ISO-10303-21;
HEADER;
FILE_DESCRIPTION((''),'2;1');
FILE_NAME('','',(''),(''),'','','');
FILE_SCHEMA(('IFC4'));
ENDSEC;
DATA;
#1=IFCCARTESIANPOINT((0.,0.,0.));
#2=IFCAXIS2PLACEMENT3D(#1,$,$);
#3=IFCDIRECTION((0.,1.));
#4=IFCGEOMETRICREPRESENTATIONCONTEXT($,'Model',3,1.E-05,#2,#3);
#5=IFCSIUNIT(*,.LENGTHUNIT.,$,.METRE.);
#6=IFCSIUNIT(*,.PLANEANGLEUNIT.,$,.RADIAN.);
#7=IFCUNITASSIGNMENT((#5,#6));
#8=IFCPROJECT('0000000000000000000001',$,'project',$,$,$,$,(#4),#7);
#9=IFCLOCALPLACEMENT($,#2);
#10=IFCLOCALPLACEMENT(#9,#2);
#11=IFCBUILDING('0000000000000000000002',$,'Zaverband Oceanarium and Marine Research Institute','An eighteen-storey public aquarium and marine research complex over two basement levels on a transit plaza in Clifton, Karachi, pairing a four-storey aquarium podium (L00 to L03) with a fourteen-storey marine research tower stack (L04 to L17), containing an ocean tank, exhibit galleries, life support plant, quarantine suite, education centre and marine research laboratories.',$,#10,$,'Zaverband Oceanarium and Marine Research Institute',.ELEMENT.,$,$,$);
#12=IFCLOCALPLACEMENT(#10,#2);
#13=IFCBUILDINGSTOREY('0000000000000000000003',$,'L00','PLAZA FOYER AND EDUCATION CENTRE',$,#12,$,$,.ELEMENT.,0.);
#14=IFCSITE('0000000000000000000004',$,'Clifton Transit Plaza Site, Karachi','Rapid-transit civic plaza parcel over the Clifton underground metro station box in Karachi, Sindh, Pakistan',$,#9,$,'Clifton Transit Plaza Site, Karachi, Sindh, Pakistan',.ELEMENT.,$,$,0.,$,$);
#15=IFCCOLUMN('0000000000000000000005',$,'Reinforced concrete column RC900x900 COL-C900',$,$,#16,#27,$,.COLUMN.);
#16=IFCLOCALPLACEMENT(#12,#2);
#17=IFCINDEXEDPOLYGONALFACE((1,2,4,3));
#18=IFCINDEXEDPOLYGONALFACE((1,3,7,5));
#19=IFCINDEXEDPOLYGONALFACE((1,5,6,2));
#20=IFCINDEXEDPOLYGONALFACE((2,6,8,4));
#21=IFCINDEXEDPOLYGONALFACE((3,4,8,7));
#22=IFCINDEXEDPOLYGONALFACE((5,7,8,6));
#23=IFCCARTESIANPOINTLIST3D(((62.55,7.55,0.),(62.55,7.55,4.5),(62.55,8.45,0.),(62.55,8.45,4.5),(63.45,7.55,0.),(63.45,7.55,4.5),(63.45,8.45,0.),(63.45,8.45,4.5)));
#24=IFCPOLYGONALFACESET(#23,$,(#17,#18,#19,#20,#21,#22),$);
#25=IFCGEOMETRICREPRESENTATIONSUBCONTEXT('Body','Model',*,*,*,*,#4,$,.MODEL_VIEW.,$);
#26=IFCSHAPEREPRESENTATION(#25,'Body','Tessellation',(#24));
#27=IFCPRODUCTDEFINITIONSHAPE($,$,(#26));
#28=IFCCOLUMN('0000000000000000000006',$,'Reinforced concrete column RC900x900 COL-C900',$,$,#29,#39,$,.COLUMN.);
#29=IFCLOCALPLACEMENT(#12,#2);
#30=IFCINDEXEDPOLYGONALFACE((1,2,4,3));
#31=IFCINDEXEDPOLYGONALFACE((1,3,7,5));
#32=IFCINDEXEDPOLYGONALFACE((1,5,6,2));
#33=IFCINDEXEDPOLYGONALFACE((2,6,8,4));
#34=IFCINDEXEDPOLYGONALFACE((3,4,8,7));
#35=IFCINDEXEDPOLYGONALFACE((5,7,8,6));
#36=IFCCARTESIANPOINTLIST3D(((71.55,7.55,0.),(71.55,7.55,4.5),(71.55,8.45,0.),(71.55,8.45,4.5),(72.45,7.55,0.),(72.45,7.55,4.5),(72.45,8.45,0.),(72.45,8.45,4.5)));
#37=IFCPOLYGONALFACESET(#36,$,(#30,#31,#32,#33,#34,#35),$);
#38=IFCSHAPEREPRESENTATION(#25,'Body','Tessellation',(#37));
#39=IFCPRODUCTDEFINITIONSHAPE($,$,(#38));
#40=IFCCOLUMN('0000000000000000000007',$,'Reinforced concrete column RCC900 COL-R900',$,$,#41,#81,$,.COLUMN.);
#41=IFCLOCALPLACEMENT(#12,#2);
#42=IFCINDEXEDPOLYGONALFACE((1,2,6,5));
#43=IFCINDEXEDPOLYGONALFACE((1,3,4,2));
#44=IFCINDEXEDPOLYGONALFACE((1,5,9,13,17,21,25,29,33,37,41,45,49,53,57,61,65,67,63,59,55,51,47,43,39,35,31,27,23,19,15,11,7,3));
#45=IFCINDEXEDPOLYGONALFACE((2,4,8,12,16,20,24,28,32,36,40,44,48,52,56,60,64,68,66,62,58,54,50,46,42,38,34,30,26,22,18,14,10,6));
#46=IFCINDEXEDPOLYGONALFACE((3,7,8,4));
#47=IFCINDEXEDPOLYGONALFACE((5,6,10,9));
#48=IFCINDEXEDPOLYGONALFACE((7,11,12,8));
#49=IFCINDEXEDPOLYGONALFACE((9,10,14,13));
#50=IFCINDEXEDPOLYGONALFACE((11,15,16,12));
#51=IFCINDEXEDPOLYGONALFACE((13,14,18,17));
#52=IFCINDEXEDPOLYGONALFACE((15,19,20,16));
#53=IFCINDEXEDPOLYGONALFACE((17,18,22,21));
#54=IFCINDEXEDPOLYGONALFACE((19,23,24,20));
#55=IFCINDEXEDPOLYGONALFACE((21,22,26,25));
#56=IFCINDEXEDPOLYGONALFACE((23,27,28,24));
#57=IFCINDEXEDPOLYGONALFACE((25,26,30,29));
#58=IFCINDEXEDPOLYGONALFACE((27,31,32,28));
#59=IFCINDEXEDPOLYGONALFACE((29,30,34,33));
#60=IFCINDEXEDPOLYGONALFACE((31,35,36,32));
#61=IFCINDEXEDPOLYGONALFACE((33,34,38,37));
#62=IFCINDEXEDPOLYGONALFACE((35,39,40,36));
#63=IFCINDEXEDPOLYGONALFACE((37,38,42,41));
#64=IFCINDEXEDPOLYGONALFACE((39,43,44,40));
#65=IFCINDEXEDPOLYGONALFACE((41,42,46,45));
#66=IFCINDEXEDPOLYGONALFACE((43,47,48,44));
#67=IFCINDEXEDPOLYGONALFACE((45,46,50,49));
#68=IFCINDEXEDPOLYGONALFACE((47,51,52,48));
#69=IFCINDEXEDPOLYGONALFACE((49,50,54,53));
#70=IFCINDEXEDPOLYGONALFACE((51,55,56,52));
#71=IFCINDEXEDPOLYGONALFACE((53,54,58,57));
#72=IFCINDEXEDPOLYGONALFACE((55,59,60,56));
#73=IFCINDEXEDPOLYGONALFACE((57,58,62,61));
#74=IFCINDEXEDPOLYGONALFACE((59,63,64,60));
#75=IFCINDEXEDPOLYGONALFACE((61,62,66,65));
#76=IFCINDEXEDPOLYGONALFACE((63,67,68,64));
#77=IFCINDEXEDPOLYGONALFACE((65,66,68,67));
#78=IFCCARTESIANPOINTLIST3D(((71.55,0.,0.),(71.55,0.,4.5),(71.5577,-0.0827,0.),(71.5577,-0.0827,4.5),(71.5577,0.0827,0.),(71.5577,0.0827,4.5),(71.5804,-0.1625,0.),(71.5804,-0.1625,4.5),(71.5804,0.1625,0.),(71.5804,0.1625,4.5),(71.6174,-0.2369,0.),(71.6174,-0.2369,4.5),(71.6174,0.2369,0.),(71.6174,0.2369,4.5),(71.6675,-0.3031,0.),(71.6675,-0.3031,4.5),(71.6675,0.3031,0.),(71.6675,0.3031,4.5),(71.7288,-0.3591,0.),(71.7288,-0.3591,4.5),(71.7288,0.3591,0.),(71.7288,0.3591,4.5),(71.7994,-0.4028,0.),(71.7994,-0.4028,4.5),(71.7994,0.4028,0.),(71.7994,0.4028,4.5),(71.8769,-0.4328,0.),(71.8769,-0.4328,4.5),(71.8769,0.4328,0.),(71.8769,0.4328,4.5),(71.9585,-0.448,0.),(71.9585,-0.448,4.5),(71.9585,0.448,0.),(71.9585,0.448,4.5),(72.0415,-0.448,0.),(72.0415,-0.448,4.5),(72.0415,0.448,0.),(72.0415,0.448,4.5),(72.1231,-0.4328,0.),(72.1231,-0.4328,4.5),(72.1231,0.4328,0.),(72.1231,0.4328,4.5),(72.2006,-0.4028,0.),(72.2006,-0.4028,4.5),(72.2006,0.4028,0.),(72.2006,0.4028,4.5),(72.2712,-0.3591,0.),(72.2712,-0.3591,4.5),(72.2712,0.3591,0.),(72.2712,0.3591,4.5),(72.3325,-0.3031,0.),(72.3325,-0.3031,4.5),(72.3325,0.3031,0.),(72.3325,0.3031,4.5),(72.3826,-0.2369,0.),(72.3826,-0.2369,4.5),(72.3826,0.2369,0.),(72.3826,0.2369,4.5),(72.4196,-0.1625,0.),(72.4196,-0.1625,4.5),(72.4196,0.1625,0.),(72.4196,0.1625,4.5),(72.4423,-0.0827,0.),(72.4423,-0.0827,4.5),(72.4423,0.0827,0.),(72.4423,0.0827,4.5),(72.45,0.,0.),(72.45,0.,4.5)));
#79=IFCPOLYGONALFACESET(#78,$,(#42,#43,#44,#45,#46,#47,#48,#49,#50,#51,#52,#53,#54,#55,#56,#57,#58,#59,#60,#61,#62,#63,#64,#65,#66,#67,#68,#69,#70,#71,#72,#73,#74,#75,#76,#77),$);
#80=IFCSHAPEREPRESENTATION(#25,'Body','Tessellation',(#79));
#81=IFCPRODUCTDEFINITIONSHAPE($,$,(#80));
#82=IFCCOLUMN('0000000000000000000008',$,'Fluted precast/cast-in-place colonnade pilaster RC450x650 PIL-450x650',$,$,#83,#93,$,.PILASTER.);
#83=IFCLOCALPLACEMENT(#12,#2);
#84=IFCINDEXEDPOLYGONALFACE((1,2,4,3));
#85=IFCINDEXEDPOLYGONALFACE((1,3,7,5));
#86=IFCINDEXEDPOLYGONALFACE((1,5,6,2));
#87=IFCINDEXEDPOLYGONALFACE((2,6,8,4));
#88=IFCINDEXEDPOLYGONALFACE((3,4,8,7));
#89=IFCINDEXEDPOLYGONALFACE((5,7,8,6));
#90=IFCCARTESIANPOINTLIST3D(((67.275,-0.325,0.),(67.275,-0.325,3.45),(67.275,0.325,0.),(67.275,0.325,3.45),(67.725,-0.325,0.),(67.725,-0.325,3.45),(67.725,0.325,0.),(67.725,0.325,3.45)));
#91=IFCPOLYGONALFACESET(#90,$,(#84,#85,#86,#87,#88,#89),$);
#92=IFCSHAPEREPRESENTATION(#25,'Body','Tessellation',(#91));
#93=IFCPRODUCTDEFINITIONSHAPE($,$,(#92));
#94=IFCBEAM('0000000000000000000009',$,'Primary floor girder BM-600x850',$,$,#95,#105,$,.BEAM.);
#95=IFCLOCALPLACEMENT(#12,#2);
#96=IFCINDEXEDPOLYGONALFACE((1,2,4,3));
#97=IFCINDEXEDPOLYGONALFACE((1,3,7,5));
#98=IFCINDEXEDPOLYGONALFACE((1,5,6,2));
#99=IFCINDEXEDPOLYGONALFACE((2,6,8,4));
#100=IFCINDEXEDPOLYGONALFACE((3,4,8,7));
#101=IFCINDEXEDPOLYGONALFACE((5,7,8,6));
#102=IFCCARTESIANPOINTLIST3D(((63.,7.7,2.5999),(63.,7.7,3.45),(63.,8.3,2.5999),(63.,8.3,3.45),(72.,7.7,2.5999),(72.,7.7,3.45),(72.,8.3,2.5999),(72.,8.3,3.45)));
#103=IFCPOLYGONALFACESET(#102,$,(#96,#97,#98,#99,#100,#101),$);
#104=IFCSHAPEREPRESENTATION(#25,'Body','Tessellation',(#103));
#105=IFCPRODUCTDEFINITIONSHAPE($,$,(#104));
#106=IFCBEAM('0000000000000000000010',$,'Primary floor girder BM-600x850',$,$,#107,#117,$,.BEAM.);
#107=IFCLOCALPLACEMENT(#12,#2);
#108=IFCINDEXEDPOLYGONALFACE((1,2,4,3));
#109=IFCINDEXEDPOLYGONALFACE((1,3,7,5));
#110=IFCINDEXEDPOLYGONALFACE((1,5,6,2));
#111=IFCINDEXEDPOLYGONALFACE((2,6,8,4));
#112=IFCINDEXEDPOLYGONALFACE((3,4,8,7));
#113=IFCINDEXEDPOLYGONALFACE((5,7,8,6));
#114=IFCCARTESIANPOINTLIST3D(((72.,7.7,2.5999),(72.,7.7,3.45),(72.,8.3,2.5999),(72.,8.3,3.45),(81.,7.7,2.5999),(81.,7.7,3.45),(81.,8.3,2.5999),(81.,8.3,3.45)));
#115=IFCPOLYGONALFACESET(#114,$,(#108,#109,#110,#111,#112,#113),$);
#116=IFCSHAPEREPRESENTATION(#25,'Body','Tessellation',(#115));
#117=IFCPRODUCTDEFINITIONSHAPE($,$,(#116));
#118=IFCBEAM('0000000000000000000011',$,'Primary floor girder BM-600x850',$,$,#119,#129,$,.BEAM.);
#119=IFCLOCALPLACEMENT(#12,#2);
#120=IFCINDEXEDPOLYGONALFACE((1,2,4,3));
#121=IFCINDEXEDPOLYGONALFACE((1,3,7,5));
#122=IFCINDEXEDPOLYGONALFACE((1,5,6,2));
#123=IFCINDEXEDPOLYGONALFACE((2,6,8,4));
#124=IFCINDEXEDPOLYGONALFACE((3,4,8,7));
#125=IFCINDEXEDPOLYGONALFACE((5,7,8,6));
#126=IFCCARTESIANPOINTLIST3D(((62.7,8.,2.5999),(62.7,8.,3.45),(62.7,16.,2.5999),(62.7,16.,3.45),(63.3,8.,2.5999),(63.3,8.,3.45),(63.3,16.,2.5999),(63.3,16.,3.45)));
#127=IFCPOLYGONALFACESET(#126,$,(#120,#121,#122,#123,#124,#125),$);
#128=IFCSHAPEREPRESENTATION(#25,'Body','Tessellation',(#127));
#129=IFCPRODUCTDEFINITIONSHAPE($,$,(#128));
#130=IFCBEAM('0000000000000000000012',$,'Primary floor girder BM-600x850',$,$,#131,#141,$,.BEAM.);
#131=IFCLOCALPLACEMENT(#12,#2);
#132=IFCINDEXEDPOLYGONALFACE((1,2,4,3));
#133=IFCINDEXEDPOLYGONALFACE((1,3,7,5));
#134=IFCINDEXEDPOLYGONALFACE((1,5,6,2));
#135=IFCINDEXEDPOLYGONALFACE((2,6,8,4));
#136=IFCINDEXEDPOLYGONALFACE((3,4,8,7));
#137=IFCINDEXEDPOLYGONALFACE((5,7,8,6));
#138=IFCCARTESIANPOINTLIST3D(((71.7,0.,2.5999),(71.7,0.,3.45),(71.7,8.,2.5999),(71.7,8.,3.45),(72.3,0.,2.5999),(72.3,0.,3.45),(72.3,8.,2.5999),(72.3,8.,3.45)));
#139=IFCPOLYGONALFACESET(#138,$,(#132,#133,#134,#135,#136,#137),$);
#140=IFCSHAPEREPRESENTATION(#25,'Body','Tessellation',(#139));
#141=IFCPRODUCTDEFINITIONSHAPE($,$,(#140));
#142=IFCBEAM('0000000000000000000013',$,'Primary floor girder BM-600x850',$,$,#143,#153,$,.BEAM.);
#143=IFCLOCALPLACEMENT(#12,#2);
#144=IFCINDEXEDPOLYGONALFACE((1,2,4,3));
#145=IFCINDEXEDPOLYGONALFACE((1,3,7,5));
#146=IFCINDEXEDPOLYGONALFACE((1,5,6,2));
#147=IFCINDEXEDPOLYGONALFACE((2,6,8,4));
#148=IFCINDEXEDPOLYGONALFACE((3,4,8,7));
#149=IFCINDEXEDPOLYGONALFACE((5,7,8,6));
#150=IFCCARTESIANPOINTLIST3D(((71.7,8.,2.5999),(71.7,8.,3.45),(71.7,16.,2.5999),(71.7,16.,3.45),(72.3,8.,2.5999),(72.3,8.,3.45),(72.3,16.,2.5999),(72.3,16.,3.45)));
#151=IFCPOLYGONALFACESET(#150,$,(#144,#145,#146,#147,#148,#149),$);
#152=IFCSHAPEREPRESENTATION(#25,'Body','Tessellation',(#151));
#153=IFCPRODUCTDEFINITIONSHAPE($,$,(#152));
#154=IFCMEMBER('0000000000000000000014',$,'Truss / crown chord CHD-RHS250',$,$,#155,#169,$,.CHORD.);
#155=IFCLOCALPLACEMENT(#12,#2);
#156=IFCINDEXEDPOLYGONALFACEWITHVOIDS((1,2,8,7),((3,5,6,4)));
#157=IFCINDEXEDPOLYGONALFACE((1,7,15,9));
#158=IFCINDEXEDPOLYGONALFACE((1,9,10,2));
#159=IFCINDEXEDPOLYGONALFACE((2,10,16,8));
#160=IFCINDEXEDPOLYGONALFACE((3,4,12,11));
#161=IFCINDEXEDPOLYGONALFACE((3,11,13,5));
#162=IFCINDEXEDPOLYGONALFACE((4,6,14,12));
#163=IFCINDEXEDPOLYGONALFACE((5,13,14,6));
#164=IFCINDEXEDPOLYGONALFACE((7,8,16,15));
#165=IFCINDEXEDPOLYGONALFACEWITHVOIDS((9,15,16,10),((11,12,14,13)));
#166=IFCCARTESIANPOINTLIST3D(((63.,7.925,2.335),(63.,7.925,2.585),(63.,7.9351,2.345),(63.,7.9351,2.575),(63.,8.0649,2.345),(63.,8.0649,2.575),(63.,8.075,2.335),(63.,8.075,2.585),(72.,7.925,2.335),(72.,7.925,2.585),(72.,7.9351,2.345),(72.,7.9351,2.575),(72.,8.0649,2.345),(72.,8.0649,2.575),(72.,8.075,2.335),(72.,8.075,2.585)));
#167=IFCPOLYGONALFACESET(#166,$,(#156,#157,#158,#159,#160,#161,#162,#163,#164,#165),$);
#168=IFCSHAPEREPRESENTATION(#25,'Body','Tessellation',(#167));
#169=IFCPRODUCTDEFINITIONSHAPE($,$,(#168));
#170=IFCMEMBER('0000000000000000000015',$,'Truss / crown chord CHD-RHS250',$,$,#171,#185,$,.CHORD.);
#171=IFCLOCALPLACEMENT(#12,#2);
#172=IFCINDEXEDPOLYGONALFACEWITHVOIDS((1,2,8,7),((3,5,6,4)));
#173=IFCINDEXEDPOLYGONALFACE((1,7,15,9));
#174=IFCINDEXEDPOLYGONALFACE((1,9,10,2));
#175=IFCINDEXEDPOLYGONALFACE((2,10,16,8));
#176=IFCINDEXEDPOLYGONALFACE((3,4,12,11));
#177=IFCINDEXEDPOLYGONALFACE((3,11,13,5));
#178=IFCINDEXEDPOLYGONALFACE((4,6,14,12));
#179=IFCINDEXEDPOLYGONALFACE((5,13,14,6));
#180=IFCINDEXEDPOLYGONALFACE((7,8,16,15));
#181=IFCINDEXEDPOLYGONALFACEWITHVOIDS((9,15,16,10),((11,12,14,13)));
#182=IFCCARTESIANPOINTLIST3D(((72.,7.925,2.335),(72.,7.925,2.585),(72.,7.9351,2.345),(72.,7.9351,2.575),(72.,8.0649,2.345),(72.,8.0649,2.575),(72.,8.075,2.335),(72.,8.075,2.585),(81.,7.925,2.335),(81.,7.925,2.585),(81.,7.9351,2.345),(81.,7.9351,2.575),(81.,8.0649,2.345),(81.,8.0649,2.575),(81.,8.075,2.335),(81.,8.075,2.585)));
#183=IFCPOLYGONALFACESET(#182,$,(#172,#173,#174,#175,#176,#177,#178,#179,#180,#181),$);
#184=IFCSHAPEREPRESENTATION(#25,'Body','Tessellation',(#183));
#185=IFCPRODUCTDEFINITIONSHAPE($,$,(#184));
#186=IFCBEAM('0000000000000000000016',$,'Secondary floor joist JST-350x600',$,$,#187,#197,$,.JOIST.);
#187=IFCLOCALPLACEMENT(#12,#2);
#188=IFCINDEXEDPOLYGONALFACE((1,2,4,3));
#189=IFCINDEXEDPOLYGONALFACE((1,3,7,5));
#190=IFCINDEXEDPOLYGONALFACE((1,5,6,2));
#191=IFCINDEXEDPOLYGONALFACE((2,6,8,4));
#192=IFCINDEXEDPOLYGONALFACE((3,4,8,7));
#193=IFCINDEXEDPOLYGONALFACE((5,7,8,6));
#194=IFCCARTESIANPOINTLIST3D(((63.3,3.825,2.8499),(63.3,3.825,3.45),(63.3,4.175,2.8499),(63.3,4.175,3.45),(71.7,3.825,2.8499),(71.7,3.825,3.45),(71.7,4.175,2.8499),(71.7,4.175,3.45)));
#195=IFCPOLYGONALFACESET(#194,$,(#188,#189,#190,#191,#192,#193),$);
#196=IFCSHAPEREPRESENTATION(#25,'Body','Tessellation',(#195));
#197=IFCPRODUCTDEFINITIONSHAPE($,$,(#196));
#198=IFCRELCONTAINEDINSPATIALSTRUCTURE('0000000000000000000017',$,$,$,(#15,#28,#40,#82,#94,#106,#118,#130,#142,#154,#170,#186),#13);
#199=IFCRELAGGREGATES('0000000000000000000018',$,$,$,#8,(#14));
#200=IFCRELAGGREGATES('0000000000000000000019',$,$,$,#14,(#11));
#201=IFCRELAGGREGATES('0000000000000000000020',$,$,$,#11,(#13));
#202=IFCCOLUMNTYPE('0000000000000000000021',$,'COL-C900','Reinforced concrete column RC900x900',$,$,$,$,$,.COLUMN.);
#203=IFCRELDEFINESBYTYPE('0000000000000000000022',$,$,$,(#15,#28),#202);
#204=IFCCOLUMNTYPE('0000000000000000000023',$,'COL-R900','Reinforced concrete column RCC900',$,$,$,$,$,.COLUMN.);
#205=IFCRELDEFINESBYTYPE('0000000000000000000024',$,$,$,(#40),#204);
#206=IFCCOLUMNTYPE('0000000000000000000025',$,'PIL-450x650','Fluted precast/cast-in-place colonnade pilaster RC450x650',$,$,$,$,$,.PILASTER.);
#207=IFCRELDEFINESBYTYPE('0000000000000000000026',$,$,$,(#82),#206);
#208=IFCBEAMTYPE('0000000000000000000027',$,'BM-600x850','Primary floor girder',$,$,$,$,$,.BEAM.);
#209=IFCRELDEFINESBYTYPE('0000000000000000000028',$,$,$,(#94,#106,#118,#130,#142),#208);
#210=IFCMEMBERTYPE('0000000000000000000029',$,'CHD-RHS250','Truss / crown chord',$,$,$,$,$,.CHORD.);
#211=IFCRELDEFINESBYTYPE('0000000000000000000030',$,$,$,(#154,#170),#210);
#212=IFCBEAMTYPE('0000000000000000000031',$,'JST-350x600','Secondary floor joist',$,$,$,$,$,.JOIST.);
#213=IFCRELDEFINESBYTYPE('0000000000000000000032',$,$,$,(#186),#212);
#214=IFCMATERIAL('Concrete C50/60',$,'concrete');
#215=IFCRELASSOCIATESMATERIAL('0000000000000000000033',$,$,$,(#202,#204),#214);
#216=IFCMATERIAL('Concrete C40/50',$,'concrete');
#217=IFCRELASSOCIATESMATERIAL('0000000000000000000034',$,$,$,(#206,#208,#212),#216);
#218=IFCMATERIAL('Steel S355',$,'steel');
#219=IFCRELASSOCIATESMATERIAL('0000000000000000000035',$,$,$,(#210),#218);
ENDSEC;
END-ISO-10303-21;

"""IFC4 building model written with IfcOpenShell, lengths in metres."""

from ifc_helpers import new_model, si_unit, direction, frame, origin, origin_2d, place, context, subcontext, project, spatial, rectangle, hollow_rectangle, circle, extrude, material, material_profile, profile_set, type_object, element, save


model = new_model("IFC4")

# Units and contexts
model_context = context("Model", 3, precision=1e-05, world=origin(), true_north=direction((0.0, 1.0)))
body_context = subcontext(model_context, "Body", "Model", "MODEL_VIEW")
ifc_project = project(units=[si_unit("LENGTHUNIT", "METRE"), si_unit("PLANEANGLEUNIT", "RADIAN")], contexts=[model_context])

# Site, building, storey
site_placement = place(None, origin())
site = spatial("IfcSite", under=ifc_project, at=site_placement, Name="Clifton Transit Plaza Site, Karachi", Description="Rapid-transit civic plaza parcel over the Clifton underground metro station box in Karachi, Sindh, Pakistan", LongName="Clifton Transit Plaza Site, Karachi, Sindh, Pakistan", CompositionType="ELEMENT", RefElevation=0.0)
building_placement = place(site_placement, origin())
building = spatial("IfcBuilding", under=site, at=building_placement, Name="Zaverband Oceanarium and Marine Research Institute", Description="An eighteen-storey public aquarium and marine research complex over two basement levels on a transit plaza in Clifton, Karachi, pairing a four-storey aquarium podium (L00 to L03) with a fourteen-storey marine research tower stack (L04 to L17), containing an ocean tank, exhibit galleries, life support plant, quarantine suite, education centre and marine research laboratories.", LongName="Zaverband Oceanarium and Marine Research Institute", CompositionType="ELEMENT")
storey_placement = place(building_placement, origin())
storey = spatial("IfcBuildingStorey", under=building, at=storey_placement, Name="L00", Description="PLAZA FOYER AND EDUCATION CENTRE", CompositionType="ELEMENT", Elevation=0.0)

# Columns
ifc_material_1 = material(Name="Concrete C50/60", Category="concrete")
ifc_material_profile_1 = material_profile(ifc_material_1, rectangle(XDim=0.8999, YDim=0.8999, at=origin_2d()), Name="RC900x900")
ifc_profile_set_1 = profile_set([ifc_material_profile_1], Name="Concrete C50/60")
column_type_1 = type_object("IfcColumnType", Name="COL-C900", Description="Reinforced concrete column RC900x900", PredefinedType="COLUMN", material=ifc_profile_set_1)
for number, where, z_axis, x_axis, name in (
    (1, (63.0, 8.0, 0.0), (0.0, 0.0, 1.0), (1.0, 0.0, 0.0), "Reinforced concrete column RC900x900 COL-C900"),
    (2, (72.0, 8.0, 0.0), (0.0, 0.0, 1.0), (1.0, 0.0, 0.0), "Reinforced concrete column RC900x900 COL-C900"),
):
    element("IfcColumn", number, at=place(storey_placement, frame(where, z_axis=z_axis, x_axis=x_axis)), inside=storey, type_object=column_type_1, Name=name, PredefinedType="COLUMN", context=body_context, shape_type="SweptSolid", body=[
        extrude(rectangle(XDim=0.8999, YDim=0.8999, at=origin_2d()), origin(), (0.0, 0.0, 1.0), 4.5),
    ])
ifc_material_profile_2 = material_profile(ifc_material_1, circle(Radius=0.45, at=origin_2d()), Name="RCC900")
ifc_profile_set_2 = profile_set([ifc_material_profile_2], Name="Concrete C50/60")
column_type_2 = type_object("IfcColumnType", Name="COL-R900", Description="Reinforced concrete column RCC900", PredefinedType="COLUMN", material=ifc_profile_set_2)
column_1_placement = place(storey_placement, frame((72.0, 0.0, 0.0), z_axis=(0.0, 0.0, 1.0), x_axis=(1.0, 0.0, 0.0)))
element("IfcColumn", 3, at=column_1_placement, inside=storey, type_object=column_type_2, Name="Reinforced concrete column RCC900 COL-R900", PredefinedType="COLUMN", context=body_context, shape_type="SweptSolid", body=[
    extrude(circle(Radius=0.45, at=origin_2d()), origin(), (0.0, 0.0, 1.0), 4.5),
])
ifc_material_2 = material(Name="Concrete C40/50", Category="concrete")
ifc_material_profile_3 = material_profile(ifc_material_2, rectangle(XDim=0.45, YDim=0.6499, at=origin_2d()), Name="RC450x650")
ifc_profile_set_3 = profile_set([ifc_material_profile_3], Name="Concrete C40/50")
column_type_3 = type_object("IfcColumnType", Name="PIL-450x650", Description="Fluted precast/cast-in-place colonnade pilaster RC450x650", PredefinedType="PILASTER", material=ifc_profile_set_3)
column_2_placement = place(storey_placement, frame((67.5, 0.0, 0.0), z_axis=(0.0, 0.0, 1.0), x_axis=(1.0, 0.0, 0.0)))
element("IfcColumn", 4, at=column_2_placement, inside=storey, type_object=column_type_3, Name="Fluted precast/cast-in-place colonnade pilaster RC450x650 PIL-450x650", PredefinedType="PILASTER", context=body_context, shape_type="SweptSolid", body=[
    extrude(rectangle(XDim=0.45, YDim=0.6499, at=origin_2d()), origin(), (0.0, 0.0, 1.0), 3.45),
])

# Beams
ifc_material_profile_4 = material_profile(ifc_material_2, rectangle(XDim=0.6001, YDim=0.8501, at=origin_2d()), Name="RC600x850")
ifc_profile_set_4 = profile_set([ifc_material_profile_4], Name="Concrete C40/50")
beam_type_1 = type_object("IfcBeamType", Name="BM-600x850", Description="Primary floor girder", PredefinedType="BEAM", material=ifc_profile_set_4)
for number, where, z_axis, x_axis, name in (
    (5, (63.0, 8.0, 3.0249), (1.0, 0.0, 0.0), (0.0, 1.0, 0.0), "Primary floor girder BM-600x850"),
    (6, (72.0, 8.0, 3.0249), (1.0, 0.0, 0.0), (0.0, 1.0, 0.0), "Primary floor girder BM-600x850"),
):
    element("IfcBeam", number, at=place(storey_placement, frame(where, z_axis=z_axis, x_axis=x_axis)), inside=storey, type_object=beam_type_1, Name=name, PredefinedType="BEAM", context=body_context, shape_type="SweptSolid", body=[
        extrude(rectangle(XDim=0.6001, YDim=0.8501, at=origin_2d()), origin(), (0.0, 0.0, 1.0), 9.0),
    ])
for number, where, z_axis, x_axis, name in (
    (7, (63.0, 8.0, 3.0249), (0.0, 1.0, 0.0), (-1.0, 0.0, 0.0), "Primary floor girder BM-600x850"),
    (8, (72.0, 0.0, 3.0249), (0.0, 1.0, 0.0), (-1.0, 0.0, 0.0), "Primary floor girder BM-600x850"),
    (9, (72.0, 8.0, 3.0249), (0.0, 1.0, 0.0), (-1.0, 0.0, 0.0), "Primary floor girder BM-600x850"),
):
    element("IfcBeam", number, at=place(storey_placement, frame(where, z_axis=z_axis, x_axis=x_axis)), inside=storey, type_object=beam_type_1, Name=name, PredefinedType="BEAM", context=body_context, shape_type="SweptSolid", body=[
        extrude(rectangle(XDim=0.6001, YDim=0.8501, at=origin_2d()), origin(), (0.0, 0.0, 1.0), 8.0),
    ])

# Members
ifc_material_3 = material(Name="Steel S355", Category="steel")
ifc_material_profile_5 = material_profile(ifc_material_3, hollow_rectangle(XDim=0.1499, YDim=0.25, WallThickness=0.01, at=origin_2d()), Name="RHS250x150x10")
ifc_profile_set_5 = profile_set([ifc_material_profile_5], Name="Steel S355")
member_type_1 = type_object("IfcMemberType", Name="CHD-RHS250", Description="Truss / crown chord", PredefinedType="CHORD", material=ifc_profile_set_5)
for number, where, z_axis, x_axis, name in (
    (10, (63.0, 8.0, 2.46), (1.0, 0.0, 0.0), (0.0, 1.0, 0.0), "Truss / crown chord CHD-RHS250"),
    (11, (72.0, 8.0, 2.46), (1.0, 0.0, 0.0), (0.0, 1.0, 0.0), "Truss / crown chord CHD-RHS250"),
):
    element("IfcMember", number, at=place(storey_placement, frame(where, z_axis=z_axis, x_axis=x_axis)), inside=storey, type_object=member_type_1, Name=name, PredefinedType="CHORD", context=body_context, shape_type="SweptSolid", body=[
        extrude(hollow_rectangle(XDim=0.1499, YDim=0.25, WallThickness=0.01, at=origin_2d()), origin(), (0.0, 0.0, 1.0), 9.0),
    ])

# Beam
ifc_material_profile_6 = material_profile(ifc_material_2, rectangle(XDim=0.3501, YDim=0.6001, at=origin_2d()), Name="RC350x600")
ifc_profile_set_6 = profile_set([ifc_material_profile_6], Name="Concrete C40/50")
beam_type_2 = type_object("IfcBeamType", Name="JST-350x600", Description="Secondary floor joist", PredefinedType="JOIST", material=ifc_profile_set_6)
for number, where, z_axis, x_axis, name in (
    (12, (63.3, 4.0, 3.1499), (1.0, 0.0, 0.0), (0.0, 1.0, 0.0), "Secondary floor joist JST-350x600"),
):
    element("IfcBeam", number, at=place(storey_placement, frame(where, z_axis=z_axis, x_axis=x_axis)), inside=storey, type_object=beam_type_2, Name=name, PredefinedType="JOIST", context=body_context, shape_type="SweptSolid", body=[
        extrude(rectangle(XDim=0.3501, YDim=0.6001, at=origin_2d()), origin(), (0.0, 0.0, 1.0), 8.3999),
    ])

save(model, "model.ifc")
